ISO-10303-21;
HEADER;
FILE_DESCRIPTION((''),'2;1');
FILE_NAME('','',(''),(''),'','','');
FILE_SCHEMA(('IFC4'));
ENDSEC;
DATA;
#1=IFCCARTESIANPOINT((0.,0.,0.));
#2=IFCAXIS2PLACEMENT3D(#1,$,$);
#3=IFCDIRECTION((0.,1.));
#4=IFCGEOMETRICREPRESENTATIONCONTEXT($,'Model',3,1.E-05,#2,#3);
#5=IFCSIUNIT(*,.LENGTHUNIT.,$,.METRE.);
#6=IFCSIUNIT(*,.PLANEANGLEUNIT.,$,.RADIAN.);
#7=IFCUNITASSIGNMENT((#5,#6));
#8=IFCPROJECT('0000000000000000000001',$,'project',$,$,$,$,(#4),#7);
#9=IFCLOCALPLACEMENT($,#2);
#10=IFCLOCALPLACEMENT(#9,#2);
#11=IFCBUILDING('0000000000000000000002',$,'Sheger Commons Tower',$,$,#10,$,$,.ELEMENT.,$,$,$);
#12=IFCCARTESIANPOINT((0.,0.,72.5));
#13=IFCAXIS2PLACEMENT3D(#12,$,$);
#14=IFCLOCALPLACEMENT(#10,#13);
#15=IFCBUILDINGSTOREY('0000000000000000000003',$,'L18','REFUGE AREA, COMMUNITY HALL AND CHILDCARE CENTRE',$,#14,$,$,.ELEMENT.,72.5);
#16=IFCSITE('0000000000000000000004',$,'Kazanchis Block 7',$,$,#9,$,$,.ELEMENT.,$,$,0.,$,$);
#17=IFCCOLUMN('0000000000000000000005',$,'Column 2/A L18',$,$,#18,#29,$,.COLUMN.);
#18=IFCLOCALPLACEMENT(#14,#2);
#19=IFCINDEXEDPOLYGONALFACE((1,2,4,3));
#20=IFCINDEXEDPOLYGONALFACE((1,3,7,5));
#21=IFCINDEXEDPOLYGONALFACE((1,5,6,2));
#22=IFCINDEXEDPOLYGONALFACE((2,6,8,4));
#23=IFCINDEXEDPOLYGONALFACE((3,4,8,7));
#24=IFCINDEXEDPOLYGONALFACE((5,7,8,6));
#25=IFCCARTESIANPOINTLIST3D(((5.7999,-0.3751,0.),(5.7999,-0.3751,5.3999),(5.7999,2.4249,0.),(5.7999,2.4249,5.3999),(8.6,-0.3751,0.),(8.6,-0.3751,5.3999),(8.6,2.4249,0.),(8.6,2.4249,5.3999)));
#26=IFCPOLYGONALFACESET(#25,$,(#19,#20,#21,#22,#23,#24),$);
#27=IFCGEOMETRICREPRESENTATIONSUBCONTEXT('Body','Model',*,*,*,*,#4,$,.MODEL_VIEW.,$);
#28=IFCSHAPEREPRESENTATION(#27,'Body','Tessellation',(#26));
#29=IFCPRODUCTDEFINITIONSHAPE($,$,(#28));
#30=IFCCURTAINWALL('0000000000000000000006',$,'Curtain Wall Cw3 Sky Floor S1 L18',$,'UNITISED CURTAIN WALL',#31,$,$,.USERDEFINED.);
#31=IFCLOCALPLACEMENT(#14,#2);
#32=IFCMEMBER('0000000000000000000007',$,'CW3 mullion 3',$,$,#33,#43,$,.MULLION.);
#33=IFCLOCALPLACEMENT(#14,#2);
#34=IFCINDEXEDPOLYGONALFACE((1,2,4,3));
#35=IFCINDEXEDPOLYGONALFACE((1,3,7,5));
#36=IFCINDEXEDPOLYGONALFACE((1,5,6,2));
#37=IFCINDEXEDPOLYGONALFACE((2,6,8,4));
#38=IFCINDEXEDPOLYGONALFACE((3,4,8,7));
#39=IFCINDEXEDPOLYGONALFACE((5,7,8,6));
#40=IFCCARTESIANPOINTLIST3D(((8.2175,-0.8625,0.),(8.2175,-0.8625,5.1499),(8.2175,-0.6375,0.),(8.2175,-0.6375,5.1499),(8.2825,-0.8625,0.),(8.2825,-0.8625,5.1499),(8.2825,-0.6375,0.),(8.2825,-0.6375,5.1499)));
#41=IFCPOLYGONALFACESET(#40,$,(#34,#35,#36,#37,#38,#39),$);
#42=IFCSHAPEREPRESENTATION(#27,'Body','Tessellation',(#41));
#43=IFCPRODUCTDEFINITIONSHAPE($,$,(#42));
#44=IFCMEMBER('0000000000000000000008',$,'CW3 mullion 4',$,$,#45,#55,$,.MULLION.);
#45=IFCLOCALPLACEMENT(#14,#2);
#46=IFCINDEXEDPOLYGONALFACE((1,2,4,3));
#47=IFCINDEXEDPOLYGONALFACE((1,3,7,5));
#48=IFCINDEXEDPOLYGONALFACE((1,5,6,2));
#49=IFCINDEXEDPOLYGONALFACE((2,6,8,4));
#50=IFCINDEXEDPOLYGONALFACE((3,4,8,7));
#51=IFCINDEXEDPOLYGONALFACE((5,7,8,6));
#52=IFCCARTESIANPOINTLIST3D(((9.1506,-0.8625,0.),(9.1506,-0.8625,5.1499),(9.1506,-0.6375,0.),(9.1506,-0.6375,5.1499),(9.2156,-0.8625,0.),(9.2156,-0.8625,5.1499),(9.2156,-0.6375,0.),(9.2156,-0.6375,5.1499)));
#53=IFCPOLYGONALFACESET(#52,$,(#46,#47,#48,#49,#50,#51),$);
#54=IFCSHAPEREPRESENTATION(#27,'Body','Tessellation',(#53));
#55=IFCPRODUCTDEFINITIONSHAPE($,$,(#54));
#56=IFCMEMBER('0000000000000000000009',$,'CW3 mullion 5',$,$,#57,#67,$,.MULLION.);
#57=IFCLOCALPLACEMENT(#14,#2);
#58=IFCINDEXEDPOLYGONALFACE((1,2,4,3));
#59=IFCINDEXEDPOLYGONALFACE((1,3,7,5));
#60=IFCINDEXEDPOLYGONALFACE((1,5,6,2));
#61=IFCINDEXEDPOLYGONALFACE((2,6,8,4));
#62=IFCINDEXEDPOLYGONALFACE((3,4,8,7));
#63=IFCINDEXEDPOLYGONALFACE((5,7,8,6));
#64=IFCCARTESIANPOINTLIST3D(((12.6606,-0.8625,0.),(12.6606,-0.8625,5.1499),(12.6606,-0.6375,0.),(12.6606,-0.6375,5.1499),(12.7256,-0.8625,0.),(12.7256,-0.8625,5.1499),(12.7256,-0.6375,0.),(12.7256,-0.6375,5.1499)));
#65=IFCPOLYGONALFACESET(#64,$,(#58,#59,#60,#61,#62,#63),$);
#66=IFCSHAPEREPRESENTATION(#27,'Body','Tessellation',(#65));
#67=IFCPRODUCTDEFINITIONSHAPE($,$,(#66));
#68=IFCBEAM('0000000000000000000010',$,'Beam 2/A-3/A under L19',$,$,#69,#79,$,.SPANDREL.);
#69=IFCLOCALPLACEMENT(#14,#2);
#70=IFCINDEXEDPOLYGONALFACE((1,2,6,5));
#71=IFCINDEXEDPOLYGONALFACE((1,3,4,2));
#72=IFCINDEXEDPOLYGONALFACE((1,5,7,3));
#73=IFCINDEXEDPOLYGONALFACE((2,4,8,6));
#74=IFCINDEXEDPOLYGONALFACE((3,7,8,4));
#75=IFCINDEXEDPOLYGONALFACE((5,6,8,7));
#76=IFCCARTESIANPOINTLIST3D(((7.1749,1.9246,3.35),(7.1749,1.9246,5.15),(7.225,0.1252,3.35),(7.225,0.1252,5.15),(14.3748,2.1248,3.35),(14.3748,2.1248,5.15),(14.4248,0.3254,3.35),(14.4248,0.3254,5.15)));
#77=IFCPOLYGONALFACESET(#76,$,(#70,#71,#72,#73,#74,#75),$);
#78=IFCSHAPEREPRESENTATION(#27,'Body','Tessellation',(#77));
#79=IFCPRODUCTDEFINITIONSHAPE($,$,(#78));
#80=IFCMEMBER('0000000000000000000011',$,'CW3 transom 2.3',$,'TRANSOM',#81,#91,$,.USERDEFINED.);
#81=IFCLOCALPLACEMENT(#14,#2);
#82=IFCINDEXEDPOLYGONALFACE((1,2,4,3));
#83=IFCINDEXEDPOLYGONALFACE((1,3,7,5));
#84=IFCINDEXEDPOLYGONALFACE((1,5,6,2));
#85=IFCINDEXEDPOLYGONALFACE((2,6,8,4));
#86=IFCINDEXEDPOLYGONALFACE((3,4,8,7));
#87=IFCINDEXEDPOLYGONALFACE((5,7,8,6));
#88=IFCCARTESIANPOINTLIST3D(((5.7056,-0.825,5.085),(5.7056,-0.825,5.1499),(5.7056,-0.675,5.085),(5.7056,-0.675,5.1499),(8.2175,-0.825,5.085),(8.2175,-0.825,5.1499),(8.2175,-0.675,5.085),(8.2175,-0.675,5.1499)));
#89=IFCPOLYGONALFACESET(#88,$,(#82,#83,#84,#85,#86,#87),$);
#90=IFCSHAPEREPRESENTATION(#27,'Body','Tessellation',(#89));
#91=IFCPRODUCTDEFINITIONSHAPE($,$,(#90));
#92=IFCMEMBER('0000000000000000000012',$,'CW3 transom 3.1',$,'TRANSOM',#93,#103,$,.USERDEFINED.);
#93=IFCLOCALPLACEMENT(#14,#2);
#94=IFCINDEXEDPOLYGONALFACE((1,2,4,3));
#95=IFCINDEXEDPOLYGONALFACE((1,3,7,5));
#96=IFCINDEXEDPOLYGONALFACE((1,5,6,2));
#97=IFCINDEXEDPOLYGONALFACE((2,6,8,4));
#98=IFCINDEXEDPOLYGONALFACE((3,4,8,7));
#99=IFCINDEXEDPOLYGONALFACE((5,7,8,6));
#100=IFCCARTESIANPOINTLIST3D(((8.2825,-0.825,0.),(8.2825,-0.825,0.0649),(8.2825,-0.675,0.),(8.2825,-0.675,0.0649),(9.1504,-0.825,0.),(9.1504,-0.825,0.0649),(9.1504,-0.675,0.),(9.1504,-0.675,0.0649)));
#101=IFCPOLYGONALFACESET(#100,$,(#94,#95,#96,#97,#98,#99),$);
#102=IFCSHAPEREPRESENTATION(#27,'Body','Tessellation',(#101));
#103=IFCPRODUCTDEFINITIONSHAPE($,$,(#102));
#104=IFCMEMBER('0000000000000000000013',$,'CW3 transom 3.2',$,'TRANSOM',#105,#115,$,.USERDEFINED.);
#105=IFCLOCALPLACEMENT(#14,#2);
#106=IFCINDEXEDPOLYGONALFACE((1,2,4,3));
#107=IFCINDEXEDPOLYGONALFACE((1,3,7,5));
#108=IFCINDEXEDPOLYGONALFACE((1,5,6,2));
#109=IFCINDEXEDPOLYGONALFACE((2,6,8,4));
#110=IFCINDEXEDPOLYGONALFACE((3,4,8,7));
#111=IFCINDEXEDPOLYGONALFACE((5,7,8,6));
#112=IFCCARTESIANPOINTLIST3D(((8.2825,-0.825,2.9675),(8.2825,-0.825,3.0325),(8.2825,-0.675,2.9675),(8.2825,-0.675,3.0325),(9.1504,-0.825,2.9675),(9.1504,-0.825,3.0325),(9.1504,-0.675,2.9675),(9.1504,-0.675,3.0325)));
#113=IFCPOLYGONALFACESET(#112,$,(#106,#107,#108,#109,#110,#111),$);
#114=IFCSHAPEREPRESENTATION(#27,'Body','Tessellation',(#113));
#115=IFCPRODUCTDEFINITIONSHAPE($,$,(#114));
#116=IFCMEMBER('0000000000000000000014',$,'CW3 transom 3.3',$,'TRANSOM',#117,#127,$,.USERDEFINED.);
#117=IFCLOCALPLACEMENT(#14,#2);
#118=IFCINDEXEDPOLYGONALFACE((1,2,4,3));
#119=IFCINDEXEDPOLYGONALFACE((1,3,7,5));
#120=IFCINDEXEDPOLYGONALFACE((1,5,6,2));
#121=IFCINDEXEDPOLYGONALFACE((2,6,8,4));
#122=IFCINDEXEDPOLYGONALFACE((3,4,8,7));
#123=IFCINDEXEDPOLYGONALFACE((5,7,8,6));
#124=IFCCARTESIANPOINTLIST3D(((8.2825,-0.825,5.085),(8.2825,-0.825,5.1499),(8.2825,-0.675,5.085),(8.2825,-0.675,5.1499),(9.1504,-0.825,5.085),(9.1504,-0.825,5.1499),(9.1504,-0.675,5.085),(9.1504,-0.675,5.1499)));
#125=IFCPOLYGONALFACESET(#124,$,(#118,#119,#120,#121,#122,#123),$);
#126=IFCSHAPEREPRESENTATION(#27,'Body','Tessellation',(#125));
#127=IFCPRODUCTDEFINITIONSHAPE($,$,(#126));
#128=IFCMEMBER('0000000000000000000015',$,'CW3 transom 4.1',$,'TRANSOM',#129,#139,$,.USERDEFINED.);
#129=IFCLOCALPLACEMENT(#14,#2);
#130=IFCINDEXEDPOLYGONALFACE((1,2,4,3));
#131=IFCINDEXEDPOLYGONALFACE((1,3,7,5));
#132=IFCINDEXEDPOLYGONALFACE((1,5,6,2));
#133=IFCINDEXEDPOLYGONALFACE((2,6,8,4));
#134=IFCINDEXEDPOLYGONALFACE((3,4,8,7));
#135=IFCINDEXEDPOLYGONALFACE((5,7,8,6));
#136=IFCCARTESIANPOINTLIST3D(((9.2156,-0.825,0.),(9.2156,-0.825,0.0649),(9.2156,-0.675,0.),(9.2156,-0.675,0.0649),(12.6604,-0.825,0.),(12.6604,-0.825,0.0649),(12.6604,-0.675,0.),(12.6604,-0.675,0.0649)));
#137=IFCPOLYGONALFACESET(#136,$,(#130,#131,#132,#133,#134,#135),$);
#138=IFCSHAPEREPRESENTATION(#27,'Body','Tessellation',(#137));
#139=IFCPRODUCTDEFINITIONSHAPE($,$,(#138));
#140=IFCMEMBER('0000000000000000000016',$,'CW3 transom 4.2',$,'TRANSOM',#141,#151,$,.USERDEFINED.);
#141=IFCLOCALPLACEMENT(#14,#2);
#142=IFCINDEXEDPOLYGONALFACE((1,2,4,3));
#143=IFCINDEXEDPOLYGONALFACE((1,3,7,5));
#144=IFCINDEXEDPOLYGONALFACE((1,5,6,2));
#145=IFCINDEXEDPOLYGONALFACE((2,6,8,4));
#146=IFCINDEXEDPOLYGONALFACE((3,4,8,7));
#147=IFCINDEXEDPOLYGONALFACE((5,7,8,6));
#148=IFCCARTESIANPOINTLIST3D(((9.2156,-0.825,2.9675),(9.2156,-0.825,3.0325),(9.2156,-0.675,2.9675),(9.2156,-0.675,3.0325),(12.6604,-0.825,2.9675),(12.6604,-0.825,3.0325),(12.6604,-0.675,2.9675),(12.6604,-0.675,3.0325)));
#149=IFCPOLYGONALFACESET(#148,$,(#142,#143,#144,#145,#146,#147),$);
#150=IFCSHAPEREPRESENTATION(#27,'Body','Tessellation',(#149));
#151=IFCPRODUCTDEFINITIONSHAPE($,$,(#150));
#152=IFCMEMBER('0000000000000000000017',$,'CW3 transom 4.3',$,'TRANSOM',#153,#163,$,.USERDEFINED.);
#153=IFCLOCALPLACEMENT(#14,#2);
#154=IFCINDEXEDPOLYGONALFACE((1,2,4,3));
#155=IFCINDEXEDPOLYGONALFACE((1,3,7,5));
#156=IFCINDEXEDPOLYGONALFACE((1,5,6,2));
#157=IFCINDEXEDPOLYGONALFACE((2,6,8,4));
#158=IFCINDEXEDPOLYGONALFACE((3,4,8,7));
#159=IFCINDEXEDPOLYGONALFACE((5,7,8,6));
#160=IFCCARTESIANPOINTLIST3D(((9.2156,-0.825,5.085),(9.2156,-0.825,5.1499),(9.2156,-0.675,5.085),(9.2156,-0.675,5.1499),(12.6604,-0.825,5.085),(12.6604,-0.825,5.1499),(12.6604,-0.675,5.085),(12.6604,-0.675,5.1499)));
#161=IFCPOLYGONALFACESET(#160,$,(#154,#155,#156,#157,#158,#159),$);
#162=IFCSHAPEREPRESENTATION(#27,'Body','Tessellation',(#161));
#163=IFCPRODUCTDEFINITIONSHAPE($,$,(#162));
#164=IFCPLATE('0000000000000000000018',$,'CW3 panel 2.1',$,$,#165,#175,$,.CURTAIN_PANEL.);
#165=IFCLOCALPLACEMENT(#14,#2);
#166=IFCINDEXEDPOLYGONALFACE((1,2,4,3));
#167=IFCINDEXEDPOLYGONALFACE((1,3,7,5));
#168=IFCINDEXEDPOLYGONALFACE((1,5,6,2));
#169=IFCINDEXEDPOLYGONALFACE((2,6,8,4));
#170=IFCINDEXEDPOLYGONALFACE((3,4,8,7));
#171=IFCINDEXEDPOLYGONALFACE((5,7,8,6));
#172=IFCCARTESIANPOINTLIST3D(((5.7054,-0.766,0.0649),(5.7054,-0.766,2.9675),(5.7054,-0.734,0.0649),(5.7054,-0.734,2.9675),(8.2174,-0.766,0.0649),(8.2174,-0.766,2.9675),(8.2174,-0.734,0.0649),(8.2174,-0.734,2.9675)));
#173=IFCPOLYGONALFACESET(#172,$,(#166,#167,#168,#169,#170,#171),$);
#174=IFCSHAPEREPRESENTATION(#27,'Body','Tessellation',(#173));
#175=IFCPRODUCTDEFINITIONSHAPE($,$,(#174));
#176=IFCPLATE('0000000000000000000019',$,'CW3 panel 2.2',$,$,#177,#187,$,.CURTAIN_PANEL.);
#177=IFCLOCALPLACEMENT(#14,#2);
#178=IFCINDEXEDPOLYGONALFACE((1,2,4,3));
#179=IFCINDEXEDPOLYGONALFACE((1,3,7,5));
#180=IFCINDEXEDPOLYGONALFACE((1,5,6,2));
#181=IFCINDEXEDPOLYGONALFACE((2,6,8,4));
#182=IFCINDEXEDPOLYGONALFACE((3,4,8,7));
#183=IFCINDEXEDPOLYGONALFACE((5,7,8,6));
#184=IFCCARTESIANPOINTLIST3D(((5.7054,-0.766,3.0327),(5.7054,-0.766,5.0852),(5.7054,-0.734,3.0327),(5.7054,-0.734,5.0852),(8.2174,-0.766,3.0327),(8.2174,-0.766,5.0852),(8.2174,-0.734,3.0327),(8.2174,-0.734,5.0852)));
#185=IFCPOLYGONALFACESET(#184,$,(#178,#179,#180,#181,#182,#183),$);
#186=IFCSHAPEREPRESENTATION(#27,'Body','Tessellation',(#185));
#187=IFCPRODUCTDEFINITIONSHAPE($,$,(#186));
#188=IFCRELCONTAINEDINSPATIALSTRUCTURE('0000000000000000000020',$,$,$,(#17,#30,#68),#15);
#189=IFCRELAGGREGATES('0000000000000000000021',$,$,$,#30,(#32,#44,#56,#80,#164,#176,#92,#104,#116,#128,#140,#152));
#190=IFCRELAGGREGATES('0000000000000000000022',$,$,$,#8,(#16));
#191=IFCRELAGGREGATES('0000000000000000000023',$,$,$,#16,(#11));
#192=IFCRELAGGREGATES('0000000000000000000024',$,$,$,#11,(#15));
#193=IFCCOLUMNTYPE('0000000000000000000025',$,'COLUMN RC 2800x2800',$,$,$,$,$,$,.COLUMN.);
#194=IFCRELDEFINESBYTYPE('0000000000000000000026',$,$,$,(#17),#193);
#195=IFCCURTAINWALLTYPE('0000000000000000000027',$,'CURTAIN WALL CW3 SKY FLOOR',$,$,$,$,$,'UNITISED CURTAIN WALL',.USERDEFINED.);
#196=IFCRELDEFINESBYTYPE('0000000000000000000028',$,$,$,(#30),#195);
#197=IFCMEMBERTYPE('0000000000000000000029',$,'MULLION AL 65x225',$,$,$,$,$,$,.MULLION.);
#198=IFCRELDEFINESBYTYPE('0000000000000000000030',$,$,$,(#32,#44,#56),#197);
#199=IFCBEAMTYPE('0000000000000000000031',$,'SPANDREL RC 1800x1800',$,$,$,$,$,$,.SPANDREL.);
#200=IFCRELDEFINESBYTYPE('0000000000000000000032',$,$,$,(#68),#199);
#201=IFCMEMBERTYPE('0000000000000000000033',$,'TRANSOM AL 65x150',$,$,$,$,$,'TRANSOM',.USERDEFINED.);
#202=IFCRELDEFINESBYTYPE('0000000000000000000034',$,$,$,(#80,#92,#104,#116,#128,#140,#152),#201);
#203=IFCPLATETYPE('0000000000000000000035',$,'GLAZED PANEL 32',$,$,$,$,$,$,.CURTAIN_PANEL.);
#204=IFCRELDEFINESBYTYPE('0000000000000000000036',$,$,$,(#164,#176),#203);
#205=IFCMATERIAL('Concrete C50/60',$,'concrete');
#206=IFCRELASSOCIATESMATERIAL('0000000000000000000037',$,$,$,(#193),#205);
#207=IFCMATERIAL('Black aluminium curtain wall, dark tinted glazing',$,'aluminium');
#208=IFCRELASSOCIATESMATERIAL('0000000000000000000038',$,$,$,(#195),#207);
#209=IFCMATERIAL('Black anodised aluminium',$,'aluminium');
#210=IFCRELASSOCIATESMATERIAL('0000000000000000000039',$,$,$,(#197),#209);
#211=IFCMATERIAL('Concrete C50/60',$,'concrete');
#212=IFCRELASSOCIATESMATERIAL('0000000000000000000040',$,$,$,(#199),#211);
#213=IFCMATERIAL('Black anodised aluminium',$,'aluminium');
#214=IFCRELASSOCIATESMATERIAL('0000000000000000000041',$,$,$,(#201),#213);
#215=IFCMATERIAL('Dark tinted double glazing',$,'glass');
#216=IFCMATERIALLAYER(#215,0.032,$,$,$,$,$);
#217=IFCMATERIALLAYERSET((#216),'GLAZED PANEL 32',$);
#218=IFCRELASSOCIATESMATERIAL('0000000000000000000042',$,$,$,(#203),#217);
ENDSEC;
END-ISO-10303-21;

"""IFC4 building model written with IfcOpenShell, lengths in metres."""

from ifc_helpers import new_model, si_unit, direction, frame, origin, origin_2d, place, context, subcontext, project, spatial, rectangle, extrude, material, layer, layer_set, material_profile, profile_set, type_object, element, aggregate, save


model = new_model("IFC4")

# Units and contexts
model_context = context("Model", 3, precision=1e-05, world=origin(), true_north=direction((0.0, 1.0)))
body_context = subcontext(model_context, "Body", "Model", "MODEL_VIEW")
ifc_project = project(units=[si_unit("LENGTHUNIT", "METRE"), si_unit("PLANEANGLEUNIT", "RADIAN")], contexts=[model_context])

# Site, building, storey
site_placement = place(None, origin())
site = spatial("IfcSite", under=ifc_project, at=site_placement, Name="Kazanchis Block 7", CompositionType="ELEMENT", RefElevation=0.0)
building_placement = place(site_placement, origin())
building = spatial("IfcBuilding", under=site, at=building_placement, Name="Sheger Commons Tower", CompositionType="ELEMENT")
storey_placement = place(building_placement, frame((0.0, 0.0, 72.5)))
storey = spatial("IfcBuildingStorey", under=building, at=storey_placement, Name="L18", Description="REFUGE AREA, COMMUNITY HALL AND CHILDCARE CENTRE", CompositionType="ELEMENT", Elevation=72.5)

# Column
ifc_material_1 = material(Name="Concrete C50/60", Category="concrete")
ifc_material_profile_1 = material_profile(ifc_material_1, rectangle(XDim=2.8, YDim=2.8, at=origin_2d()), Name="RC 2800x2800")
ifc_profile_set_1 = profile_set([ifc_material_profile_1], Name="Concrete C50/60")
column_type = type_object("IfcColumnType", Name="COLUMN RC 2800x2800", PredefinedType="COLUMN", material=ifc_profile_set_1)
column_placement = place(storey_placement, frame((7.2, 1.0249, 0.0), z_axis=(0.0, 0.0, 1.0), x_axis=(1.0, 0.0, 0.0)))
element("IfcColumn", 1, at=column_placement, inside=storey, type_object=column_type, Name="Column 2/A L18", PredefinedType="COLUMN", context=body_context, shape_type="SweptSolid", body=[
    extrude(rectangle(XDim=2.8, YDim=2.8, at=origin_2d()), origin(), (0.0, 0.0, 1.0), 5.3999),
])

# Curtain wall, members
ifc_material_2 = material(Name="Black aluminium curtain wall, dark tinted glazing", Category="aluminium")
curtain_wall_type = type_object("IfcCurtainWallType", Name="CURTAIN WALL CW3 SKY FLOOR", ElementType="UNITISED CURTAIN WALL", PredefinedType="USERDEFINED", material=ifc_material_2)
curtain_wall_placement = place(storey_placement, origin())
curtain_wall = element("IfcCurtainWall", 2, at=curtain_wall_placement, inside=storey, type_object=curtain_wall_type, Name="Curtain Wall Cw3 Sky Floor S1 L18", ObjectType="UNITISED CURTAIN WALL", PredefinedType="USERDEFINED")
ifc_material_3 = material(Name="Black anodised aluminium", Category="aluminium")
ifc_material_profile_2 = material_profile(ifc_material_3, rectangle(XDim=0.2251, YDim=0.0649, at=origin_2d()), Name="AL 65x225")
ifc_profile_set_2 = profile_set([ifc_material_profile_2], Name="Black anodised aluminium")
member_type_1 = type_object("IfcMemberType", Name="MULLION AL 65x225", PredefinedType="MULLION", material=ifc_profile_set_2)
member_1_placement = place(storey_placement, frame((8.25, -0.75, 0.0), z_axis=(0.0, 0.0, 1.0), x_axis=(0.0, 1.0, 0.0)))
member_1 = element("IfcMember", 3, at=member_1_placement, type_object=member_type_1, Name="CW3 mullion 3", PredefinedType="MULLION", context=body_context, shape_type="SweptSolid", body=[
    extrude(rectangle(XDim=0.2251, YDim=0.0649, at=origin_2d()), origin(), (0.0, 0.0, 1.0), 5.1499),
])
member_2_placement = place(storey_placement, frame((9.1831, -0.75, 0.0), z_axis=(0.0, 0.0, 1.0), x_axis=(0.0, 1.0, 0.0)))
member_2 = element("IfcMember", 4, at=member_2_placement, type_object=member_type_1, Name="CW3 mullion 4", PredefinedType="MULLION", context=body_context, shape_type="SweptSolid", body=[
    extrude(rectangle(XDim=0.2251, YDim=0.0649, at=origin_2d()), origin(), (0.0, 0.0, 1.0), 5.1499),
])
member_3_placement = place(storey_placement, frame((12.6931, -0.75, 0.0), z_axis=(0.0, 0.0, 1.0), x_axis=(0.0, 1.0, 0.0)))
member_3 = element("IfcMember", 5, at=member_3_placement, type_object=member_type_1, Name="CW3 mullion 5", PredefinedType="MULLION", context=body_context, shape_type="SweptSolid", body=[
    extrude(rectangle(XDim=0.2251, YDim=0.0649, at=origin_2d()), origin(), (0.0, 0.0, 1.0), 5.1499),
])

# Beam
ifc_material_4 = material(Name="Concrete C50/60", Category="concrete")
ifc_material_profile_3 = material_profile(ifc_material_4, rectangle(XDim=1.8, YDim=1.8, at=origin_2d()), Name="RC 1800x1800")
ifc_profile_set_3 = profile_set([ifc_material_profile_3], Name="Concrete C50/60")
beam_type = type_object("IfcBeamType", Name="SPANDREL RC 1800x1800", PredefinedType="SPANDREL", material=ifc_profile_set_3)
beam_placement = place(storey_placement, frame((7.2, 1.0249, 4.25), z_axis=(0.999614, 0.027794, 0.0), x_axis=(-0.027794, 0.999614, 0.0)))
element("IfcBeam", 6, at=beam_placement, inside=storey, type_object=beam_type, Name="Beam 2/A-3/A under L19", PredefinedType="SPANDREL", context=body_context, shape_type="SweptSolid", body=[
    extrude(rectangle(XDim=1.8, YDim=1.8, at=origin_2d()), origin(), (0.0, 0.0, 1.0), 7.2026),
])

# Members
ifc_material_5 = material(Name="Black anodised aluminium", Category="aluminium")
ifc_material_profile_4 = material_profile(ifc_material_5, rectangle(XDim=0.1499, YDim=0.0649, at=origin_2d()), Name="AL 65x150")
ifc_profile_set_4 = profile_set([ifc_material_profile_4], Name="Black anodised aluminium")
member_type_2 = type_object("IfcMemberType", Name="TRANSOM AL 65x150", ElementType="TRANSOM", PredefinedType="USERDEFINED", material=ifc_profile_set_4)
member_4_placement = place(storey_placement, frame((5.7056, -0.75, 5.1174), z_axis=(1.0, 0.0, 0.0), x_axis=(0.0, 1.0, 0.0)))
member_4 = element("IfcMember", 7, at=member_4_placement, type_object=member_type_2, Name="CW3 transom 2.3", ObjectType="TRANSOM", PredefinedType="USERDEFINED", context=body_context, shape_type="SweptSolid", body=[
    extrude(rectangle(XDim=0.1499, YDim=0.0649, at=origin_2d()), origin(), (0.0, 0.0, 1.0), 2.512),
])
member_5_placement = place(storey_placement, frame((8.2825, -0.75, 0.0325), z_axis=(1.0, 0.0, 0.0), x_axis=(0.0, 1.0, 0.0)))
member_5 = element("IfcMember", 8, at=member_5_placement, type_object=member_type_2, Name="CW3 transom 3.1", ObjectType="TRANSOM", PredefinedType="USERDEFINED", context=body_context, shape_type="SweptSolid", body=[
    extrude(rectangle(XDim=0.1499, YDim=0.0649, at=origin_2d()), origin(), (0.0, 0.0, 1.0), 0.8679),
])
member_6_placement = place(storey_placement, frame((8.2825, -0.75, 3.0), z_axis=(1.0, 0.0, 0.0), x_axis=(0.0, 1.0, 0.0)))
member_6 = element("IfcMember", 9, at=member_6_placement, type_object=member_type_2, Name="CW3 transom 3.2", ObjectType="TRANSOM", PredefinedType="USERDEFINED", context=body_context, shape_type="SweptSolid", body=[
    extrude(rectangle(XDim=0.1499, YDim=0.0649, at=origin_2d()), origin(), (0.0, 0.0, 1.0), 0.8679),
])
member_7_placement = place(storey_placement, frame((8.2825, -0.75, 5.1174), z_axis=(1.0, 0.0, 0.0), x_axis=(0.0, 1.0, 0.0)))
member_7 = element("IfcMember", 10, at=member_7_placement, type_object=member_type_2, Name="CW3 transom 3.3", ObjectType="TRANSOM", PredefinedType="USERDEFINED", context=body_context, shape_type="SweptSolid", body=[
    extrude(rectangle(XDim=0.1499, YDim=0.0649, at=origin_2d()), origin(), (0.0, 0.0, 1.0), 0.8679),
])
member_8_placement = place(storey_placement, frame((9.2156, -0.75, 0.0325), z_axis=(1.0, 0.0, 0.0), x_axis=(0.0, 1.0, 0.0)))
member_8 = element("IfcMember", 11, at=member_8_placement, type_object=member_type_2, Name="CW3 transom 4.1", ObjectType="TRANSOM", PredefinedType="USERDEFINED", context=body_context, shape_type="SweptSolid", body=[
    extrude(rectangle(XDim=0.1499, YDim=0.0649, at=origin_2d()), origin(), (0.0, 0.0, 1.0), 3.4448),
])
member_9_placement = place(storey_placement, frame((9.2156, -0.75, 3.0), z_axis=(1.0, 0.0, 0.0), x_axis=(0.0, 1.0, 0.0)))
member_9 = element("IfcMember", 12, at=member_9_placement, type_object=member_type_2, Name="CW3 transom 4.2", ObjectType="TRANSOM", PredefinedType="USERDEFINED", context=body_context, shape_type="SweptSolid", body=[
    extrude(rectangle(XDim=0.1499, YDim=0.0649, at=origin_2d()), origin(), (0.0, 0.0, 1.0), 3.4448),
])
member_10_placement = place(storey_placement, frame((9.2156, -0.75, 5.1174), z_axis=(1.0, 0.0, 0.0), x_axis=(0.0, 1.0, 0.0)))
member_10 = element("IfcMember", 13, at=member_10_placement, type_object=member_type_2, Name="CW3 transom 4.3", ObjectType="TRANSOM", PredefinedType="USERDEFINED", context=body_context, shape_type="SweptSolid", body=[
    extrude(rectangle(XDim=0.1499, YDim=0.0649, at=origin_2d()), origin(), (0.0, 0.0, 1.0), 3.4448),
])

# Plates
ifc_material_6 = material(Name="Dark tinted double glazing", Category="glass")
ifc_layer_1 = layer(ifc_material_6, 0.032)
ifc_layer_set_1 = layer_set([ifc_layer_1], Name="GLAZED PANEL 32")
plate_type_1 = type_object("IfcPlateType", Name="GLAZED PANEL 32", PredefinedType="CURTAIN_PANEL", material=ifc_layer_set_1)
plate_1_placement = place(storey_placement, frame((6.9614, -0.75, 0.0649), z_axis=(0.0, 0.0, 1.0), x_axis=(1.0, 0.0, 0.0)))
plate_1 = element("IfcPlate", 14, at=plate_1_placement, type_object=plate_type_1, Name="CW3 panel 2.1", PredefinedType="CURTAIN_PANEL", context=body_context, shape_type="SweptSolid", body=[
    extrude(rectangle(XDim=2.512, YDim=0.032, at=origin_2d()), origin(), (0.0, 0.0, 1.0), 2.9026),
])
plate_2_placement = place(storey_placement, frame((6.9614, -0.75, 3.0327), z_axis=(0.0, 0.0, 1.0), x_axis=(1.0, 0.0, 0.0)))
plate_2 = element("IfcPlate", 15, at=plate_2_placement, type_object=plate_type_1, Name="CW3 panel 2.2", PredefinedType="CURTAIN_PANEL", context=body_context, shape_type="SweptSolid", body=[
    extrude(rectangle(XDim=2.512, YDim=0.032, at=origin_2d()), origin(), (0.0, 0.0, 1.0), 2.0525),
])
aggregate(curtain_wall, [member_1, member_2, member_3, member_4, plate_1, plate_2, member_5, member_6, member_7, member_8, member_9, member_10])

save(model, "model.ifc")
